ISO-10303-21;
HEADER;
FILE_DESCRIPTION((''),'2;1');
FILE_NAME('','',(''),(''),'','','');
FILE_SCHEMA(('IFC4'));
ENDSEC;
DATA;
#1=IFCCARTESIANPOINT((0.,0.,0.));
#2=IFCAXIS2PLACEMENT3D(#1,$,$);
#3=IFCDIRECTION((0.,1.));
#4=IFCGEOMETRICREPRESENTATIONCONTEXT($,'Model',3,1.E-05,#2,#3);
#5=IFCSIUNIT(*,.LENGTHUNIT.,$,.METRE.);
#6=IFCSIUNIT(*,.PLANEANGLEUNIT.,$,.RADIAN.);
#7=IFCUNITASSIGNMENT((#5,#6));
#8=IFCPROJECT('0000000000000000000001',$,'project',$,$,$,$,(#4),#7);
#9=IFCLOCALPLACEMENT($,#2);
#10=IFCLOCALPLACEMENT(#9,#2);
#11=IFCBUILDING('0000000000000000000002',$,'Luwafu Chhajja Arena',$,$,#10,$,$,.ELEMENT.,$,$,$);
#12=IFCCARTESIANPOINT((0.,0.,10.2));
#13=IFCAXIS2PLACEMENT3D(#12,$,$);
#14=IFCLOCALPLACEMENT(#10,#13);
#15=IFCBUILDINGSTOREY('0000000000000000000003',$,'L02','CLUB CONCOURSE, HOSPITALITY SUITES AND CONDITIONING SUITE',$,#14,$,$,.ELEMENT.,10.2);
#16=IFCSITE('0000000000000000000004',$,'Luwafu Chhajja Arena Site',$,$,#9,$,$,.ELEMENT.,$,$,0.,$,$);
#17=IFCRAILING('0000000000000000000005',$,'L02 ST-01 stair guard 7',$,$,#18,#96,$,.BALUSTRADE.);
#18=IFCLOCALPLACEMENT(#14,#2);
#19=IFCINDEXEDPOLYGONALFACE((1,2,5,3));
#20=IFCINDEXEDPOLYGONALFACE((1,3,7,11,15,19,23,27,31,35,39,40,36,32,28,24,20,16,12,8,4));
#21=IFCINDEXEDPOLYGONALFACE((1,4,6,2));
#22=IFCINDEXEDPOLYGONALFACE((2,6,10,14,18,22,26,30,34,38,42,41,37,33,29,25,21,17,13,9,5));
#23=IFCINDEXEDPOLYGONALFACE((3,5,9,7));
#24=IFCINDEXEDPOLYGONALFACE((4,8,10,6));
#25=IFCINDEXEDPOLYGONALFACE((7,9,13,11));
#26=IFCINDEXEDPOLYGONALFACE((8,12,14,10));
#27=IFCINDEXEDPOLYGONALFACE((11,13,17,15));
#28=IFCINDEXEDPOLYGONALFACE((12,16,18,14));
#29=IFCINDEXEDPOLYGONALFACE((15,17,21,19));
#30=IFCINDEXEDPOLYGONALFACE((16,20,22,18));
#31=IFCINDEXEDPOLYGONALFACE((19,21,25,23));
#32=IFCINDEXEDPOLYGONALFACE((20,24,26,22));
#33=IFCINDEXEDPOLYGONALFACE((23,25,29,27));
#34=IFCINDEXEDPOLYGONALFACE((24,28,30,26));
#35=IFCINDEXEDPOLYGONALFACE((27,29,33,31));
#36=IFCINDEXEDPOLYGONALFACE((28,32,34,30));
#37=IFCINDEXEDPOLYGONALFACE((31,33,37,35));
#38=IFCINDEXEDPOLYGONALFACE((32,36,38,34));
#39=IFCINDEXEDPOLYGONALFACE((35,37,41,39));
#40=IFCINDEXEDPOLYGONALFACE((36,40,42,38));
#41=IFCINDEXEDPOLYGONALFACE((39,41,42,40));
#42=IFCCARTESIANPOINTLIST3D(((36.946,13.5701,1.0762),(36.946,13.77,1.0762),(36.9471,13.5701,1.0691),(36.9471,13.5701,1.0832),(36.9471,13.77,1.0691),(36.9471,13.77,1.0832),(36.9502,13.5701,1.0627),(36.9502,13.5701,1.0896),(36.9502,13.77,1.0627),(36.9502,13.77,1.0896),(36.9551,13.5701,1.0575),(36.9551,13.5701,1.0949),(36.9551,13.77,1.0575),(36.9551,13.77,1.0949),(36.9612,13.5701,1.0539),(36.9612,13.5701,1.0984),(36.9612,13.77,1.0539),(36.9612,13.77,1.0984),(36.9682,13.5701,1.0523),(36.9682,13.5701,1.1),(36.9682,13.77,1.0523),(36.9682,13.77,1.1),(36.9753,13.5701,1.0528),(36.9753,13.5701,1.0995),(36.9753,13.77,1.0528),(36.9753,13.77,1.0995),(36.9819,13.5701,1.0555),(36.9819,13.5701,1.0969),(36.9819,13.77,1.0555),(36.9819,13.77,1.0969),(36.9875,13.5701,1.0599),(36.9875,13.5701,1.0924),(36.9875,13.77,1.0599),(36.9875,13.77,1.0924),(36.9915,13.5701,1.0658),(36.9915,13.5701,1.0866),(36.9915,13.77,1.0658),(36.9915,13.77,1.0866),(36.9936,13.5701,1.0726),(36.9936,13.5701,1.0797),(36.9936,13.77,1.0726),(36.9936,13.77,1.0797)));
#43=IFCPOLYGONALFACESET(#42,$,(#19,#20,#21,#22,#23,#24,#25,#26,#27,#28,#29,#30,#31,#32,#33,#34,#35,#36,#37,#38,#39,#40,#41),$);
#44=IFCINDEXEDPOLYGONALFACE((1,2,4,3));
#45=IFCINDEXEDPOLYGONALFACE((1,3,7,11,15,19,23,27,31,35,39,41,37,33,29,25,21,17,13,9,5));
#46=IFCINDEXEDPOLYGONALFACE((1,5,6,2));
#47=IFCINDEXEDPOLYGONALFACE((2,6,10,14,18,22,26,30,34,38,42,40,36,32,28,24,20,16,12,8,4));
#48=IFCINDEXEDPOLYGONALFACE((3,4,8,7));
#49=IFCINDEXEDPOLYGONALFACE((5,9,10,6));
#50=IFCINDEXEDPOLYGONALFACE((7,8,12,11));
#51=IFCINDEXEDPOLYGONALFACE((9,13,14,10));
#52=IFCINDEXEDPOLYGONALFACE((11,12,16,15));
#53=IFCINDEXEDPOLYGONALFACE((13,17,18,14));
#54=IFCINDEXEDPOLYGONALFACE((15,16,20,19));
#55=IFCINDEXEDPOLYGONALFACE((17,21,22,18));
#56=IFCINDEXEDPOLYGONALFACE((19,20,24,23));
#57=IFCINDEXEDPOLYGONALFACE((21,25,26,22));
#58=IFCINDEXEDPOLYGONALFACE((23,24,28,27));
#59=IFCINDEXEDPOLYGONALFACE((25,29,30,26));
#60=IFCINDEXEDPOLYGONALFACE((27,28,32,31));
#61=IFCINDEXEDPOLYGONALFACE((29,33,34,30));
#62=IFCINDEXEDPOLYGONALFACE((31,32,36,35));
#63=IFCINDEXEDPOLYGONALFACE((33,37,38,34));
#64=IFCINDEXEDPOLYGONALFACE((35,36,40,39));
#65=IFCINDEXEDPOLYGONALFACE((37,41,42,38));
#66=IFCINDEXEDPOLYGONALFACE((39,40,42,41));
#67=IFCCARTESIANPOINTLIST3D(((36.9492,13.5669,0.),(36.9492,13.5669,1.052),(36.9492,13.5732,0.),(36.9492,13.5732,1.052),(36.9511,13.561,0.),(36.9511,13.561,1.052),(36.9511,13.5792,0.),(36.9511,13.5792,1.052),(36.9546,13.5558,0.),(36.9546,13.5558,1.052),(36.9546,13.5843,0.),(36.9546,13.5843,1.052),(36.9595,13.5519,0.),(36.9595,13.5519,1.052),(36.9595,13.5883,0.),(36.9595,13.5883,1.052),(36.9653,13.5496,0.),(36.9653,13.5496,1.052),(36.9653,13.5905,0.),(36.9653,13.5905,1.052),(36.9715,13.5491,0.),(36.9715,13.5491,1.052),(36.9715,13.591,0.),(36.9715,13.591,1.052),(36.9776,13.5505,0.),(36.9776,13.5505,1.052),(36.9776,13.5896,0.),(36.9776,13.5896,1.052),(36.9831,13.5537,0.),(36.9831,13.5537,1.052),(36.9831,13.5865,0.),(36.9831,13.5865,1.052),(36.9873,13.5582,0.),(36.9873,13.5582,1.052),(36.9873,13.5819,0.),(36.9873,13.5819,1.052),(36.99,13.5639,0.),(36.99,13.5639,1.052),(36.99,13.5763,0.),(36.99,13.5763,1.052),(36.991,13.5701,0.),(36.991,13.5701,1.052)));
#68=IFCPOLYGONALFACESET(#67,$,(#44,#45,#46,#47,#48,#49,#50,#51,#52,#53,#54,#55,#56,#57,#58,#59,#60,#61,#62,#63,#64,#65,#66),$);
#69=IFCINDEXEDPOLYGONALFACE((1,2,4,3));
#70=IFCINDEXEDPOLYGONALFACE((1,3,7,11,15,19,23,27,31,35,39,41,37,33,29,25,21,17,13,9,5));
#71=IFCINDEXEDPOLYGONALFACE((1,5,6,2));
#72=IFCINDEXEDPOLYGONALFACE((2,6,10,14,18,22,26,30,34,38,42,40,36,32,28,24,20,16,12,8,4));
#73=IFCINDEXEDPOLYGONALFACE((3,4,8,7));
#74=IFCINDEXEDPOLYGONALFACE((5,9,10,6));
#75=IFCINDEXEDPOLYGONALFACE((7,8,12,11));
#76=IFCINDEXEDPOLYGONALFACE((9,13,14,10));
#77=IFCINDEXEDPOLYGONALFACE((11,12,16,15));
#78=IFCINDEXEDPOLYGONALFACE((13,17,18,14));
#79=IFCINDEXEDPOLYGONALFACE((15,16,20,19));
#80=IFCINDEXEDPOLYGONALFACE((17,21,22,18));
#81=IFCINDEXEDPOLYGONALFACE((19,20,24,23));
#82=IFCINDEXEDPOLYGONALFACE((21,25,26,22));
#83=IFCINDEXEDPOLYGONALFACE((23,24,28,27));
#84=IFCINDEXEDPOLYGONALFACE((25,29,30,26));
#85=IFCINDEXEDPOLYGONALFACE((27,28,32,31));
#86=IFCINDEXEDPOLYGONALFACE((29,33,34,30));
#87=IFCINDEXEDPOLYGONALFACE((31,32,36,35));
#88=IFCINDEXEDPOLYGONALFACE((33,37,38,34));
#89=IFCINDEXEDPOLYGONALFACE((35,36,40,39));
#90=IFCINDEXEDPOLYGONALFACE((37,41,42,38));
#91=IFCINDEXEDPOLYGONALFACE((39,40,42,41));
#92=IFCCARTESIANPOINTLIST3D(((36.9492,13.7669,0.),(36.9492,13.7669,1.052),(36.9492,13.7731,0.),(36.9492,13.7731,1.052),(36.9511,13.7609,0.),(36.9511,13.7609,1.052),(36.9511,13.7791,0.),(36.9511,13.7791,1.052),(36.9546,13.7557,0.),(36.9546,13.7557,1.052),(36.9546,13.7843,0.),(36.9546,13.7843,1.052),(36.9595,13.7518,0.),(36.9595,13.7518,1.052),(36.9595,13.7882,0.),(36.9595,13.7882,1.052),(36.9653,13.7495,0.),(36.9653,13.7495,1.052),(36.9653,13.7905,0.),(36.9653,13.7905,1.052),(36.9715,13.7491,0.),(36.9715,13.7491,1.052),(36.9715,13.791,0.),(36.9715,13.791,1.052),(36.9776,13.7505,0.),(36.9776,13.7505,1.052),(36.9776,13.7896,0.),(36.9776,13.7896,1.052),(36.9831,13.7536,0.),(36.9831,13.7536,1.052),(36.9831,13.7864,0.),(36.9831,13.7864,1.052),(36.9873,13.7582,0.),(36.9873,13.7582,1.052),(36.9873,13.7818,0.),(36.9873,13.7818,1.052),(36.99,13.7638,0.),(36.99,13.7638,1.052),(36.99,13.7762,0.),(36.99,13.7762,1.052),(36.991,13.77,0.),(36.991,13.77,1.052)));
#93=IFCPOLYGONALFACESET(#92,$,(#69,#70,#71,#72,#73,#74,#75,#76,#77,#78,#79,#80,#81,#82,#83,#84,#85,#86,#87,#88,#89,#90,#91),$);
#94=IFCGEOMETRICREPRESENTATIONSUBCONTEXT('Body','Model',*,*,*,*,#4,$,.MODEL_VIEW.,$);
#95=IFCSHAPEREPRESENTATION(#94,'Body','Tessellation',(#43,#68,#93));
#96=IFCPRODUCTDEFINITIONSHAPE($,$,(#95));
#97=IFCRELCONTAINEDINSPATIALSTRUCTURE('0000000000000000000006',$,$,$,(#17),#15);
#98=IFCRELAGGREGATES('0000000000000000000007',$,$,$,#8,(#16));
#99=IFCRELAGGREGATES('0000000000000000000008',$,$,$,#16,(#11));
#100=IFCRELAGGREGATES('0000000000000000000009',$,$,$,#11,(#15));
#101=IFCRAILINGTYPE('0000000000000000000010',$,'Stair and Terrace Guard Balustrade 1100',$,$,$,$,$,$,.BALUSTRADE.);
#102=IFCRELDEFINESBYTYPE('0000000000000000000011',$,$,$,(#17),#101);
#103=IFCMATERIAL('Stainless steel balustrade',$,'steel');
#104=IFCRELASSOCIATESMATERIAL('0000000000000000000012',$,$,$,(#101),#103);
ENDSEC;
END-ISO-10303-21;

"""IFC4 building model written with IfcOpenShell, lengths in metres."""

from ifc_helpers import new_model, si_unit, direction, frame, origin, origin_2d, place, context, subcontext, project, spatial, circle, extrude, material, type_object, element, save


model = new_model("IFC4")

# Units and contexts
model_context = context("Model", 3, precision=1e-05, world=origin(), true_north=direction((0.0, 1.0)))
body_context = subcontext(model_context, "Body", "Model", "MODEL_VIEW")
ifc_project = project(units=[si_unit("LENGTHUNIT", "METRE"), si_unit("PLANEANGLEUNIT", "RADIAN")], contexts=[model_context])

# Site, building, storey
site_placement = place(None, origin())
site = spatial("IfcSite", under=ifc_project, at=site_placement, Name="Luwafu Chhajja Arena Site", CompositionType="ELEMENT", RefElevation=0.0)
building_placement = place(site_placement, origin())
building = spatial("IfcBuilding", under=site, at=building_placement, Name="Luwafu Chhajja Arena", CompositionType="ELEMENT")
storey_placement = place(building_placement, frame((0.0, 0.0, 10.2)))
storey = spatial("IfcBuildingStorey", under=building, at=storey_placement, Name="L02", Description="CLUB CONCOURSE, HOSPITALITY SUITES AND CONDITIONING SUITE", CompositionType="ELEMENT", Elevation=10.2)

# Railing
ifc_material_1 = material(Name="Stainless steel balustrade", Category="steel")
railing_type_1 = type_object("IfcRailingType", Name="Stair and Terrace Guard Balustrade 1100", PredefinedType="BALUSTRADE", material=ifc_material_1)
railing_1_placement = place(storey_placement, frame((36.97, 13.5701, 0.0)))
element("IfcRailing", 1, at=railing_1_placement, inside=storey, type_object=railing_type_1, Name="L02 ST-01 stair guard 7", PredefinedType="BALUSTRADE", context=body_context, shape_type="SweptSolid", body=[
    extrude(circle(Radius=0.0239, at=origin_2d()), frame((0.0, 0.0, 1.0762), z_axis=(0.0, 1.0, 0.0), x_axis=(-1.0, 0.0, 0.0)), (0.0, 0.0, 1.0), 0.2),
    extrude(circle(Radius=0.021, at=origin_2d()), origin(), (0.0, 0.0, 1.0), 1.052),
    extrude(circle(Radius=0.021, at=origin_2d()), frame((0.0, 0.2, 0.0)), (0.0, 0.0, 1.0), 1.052),
])

save(model, "model.ifc")
